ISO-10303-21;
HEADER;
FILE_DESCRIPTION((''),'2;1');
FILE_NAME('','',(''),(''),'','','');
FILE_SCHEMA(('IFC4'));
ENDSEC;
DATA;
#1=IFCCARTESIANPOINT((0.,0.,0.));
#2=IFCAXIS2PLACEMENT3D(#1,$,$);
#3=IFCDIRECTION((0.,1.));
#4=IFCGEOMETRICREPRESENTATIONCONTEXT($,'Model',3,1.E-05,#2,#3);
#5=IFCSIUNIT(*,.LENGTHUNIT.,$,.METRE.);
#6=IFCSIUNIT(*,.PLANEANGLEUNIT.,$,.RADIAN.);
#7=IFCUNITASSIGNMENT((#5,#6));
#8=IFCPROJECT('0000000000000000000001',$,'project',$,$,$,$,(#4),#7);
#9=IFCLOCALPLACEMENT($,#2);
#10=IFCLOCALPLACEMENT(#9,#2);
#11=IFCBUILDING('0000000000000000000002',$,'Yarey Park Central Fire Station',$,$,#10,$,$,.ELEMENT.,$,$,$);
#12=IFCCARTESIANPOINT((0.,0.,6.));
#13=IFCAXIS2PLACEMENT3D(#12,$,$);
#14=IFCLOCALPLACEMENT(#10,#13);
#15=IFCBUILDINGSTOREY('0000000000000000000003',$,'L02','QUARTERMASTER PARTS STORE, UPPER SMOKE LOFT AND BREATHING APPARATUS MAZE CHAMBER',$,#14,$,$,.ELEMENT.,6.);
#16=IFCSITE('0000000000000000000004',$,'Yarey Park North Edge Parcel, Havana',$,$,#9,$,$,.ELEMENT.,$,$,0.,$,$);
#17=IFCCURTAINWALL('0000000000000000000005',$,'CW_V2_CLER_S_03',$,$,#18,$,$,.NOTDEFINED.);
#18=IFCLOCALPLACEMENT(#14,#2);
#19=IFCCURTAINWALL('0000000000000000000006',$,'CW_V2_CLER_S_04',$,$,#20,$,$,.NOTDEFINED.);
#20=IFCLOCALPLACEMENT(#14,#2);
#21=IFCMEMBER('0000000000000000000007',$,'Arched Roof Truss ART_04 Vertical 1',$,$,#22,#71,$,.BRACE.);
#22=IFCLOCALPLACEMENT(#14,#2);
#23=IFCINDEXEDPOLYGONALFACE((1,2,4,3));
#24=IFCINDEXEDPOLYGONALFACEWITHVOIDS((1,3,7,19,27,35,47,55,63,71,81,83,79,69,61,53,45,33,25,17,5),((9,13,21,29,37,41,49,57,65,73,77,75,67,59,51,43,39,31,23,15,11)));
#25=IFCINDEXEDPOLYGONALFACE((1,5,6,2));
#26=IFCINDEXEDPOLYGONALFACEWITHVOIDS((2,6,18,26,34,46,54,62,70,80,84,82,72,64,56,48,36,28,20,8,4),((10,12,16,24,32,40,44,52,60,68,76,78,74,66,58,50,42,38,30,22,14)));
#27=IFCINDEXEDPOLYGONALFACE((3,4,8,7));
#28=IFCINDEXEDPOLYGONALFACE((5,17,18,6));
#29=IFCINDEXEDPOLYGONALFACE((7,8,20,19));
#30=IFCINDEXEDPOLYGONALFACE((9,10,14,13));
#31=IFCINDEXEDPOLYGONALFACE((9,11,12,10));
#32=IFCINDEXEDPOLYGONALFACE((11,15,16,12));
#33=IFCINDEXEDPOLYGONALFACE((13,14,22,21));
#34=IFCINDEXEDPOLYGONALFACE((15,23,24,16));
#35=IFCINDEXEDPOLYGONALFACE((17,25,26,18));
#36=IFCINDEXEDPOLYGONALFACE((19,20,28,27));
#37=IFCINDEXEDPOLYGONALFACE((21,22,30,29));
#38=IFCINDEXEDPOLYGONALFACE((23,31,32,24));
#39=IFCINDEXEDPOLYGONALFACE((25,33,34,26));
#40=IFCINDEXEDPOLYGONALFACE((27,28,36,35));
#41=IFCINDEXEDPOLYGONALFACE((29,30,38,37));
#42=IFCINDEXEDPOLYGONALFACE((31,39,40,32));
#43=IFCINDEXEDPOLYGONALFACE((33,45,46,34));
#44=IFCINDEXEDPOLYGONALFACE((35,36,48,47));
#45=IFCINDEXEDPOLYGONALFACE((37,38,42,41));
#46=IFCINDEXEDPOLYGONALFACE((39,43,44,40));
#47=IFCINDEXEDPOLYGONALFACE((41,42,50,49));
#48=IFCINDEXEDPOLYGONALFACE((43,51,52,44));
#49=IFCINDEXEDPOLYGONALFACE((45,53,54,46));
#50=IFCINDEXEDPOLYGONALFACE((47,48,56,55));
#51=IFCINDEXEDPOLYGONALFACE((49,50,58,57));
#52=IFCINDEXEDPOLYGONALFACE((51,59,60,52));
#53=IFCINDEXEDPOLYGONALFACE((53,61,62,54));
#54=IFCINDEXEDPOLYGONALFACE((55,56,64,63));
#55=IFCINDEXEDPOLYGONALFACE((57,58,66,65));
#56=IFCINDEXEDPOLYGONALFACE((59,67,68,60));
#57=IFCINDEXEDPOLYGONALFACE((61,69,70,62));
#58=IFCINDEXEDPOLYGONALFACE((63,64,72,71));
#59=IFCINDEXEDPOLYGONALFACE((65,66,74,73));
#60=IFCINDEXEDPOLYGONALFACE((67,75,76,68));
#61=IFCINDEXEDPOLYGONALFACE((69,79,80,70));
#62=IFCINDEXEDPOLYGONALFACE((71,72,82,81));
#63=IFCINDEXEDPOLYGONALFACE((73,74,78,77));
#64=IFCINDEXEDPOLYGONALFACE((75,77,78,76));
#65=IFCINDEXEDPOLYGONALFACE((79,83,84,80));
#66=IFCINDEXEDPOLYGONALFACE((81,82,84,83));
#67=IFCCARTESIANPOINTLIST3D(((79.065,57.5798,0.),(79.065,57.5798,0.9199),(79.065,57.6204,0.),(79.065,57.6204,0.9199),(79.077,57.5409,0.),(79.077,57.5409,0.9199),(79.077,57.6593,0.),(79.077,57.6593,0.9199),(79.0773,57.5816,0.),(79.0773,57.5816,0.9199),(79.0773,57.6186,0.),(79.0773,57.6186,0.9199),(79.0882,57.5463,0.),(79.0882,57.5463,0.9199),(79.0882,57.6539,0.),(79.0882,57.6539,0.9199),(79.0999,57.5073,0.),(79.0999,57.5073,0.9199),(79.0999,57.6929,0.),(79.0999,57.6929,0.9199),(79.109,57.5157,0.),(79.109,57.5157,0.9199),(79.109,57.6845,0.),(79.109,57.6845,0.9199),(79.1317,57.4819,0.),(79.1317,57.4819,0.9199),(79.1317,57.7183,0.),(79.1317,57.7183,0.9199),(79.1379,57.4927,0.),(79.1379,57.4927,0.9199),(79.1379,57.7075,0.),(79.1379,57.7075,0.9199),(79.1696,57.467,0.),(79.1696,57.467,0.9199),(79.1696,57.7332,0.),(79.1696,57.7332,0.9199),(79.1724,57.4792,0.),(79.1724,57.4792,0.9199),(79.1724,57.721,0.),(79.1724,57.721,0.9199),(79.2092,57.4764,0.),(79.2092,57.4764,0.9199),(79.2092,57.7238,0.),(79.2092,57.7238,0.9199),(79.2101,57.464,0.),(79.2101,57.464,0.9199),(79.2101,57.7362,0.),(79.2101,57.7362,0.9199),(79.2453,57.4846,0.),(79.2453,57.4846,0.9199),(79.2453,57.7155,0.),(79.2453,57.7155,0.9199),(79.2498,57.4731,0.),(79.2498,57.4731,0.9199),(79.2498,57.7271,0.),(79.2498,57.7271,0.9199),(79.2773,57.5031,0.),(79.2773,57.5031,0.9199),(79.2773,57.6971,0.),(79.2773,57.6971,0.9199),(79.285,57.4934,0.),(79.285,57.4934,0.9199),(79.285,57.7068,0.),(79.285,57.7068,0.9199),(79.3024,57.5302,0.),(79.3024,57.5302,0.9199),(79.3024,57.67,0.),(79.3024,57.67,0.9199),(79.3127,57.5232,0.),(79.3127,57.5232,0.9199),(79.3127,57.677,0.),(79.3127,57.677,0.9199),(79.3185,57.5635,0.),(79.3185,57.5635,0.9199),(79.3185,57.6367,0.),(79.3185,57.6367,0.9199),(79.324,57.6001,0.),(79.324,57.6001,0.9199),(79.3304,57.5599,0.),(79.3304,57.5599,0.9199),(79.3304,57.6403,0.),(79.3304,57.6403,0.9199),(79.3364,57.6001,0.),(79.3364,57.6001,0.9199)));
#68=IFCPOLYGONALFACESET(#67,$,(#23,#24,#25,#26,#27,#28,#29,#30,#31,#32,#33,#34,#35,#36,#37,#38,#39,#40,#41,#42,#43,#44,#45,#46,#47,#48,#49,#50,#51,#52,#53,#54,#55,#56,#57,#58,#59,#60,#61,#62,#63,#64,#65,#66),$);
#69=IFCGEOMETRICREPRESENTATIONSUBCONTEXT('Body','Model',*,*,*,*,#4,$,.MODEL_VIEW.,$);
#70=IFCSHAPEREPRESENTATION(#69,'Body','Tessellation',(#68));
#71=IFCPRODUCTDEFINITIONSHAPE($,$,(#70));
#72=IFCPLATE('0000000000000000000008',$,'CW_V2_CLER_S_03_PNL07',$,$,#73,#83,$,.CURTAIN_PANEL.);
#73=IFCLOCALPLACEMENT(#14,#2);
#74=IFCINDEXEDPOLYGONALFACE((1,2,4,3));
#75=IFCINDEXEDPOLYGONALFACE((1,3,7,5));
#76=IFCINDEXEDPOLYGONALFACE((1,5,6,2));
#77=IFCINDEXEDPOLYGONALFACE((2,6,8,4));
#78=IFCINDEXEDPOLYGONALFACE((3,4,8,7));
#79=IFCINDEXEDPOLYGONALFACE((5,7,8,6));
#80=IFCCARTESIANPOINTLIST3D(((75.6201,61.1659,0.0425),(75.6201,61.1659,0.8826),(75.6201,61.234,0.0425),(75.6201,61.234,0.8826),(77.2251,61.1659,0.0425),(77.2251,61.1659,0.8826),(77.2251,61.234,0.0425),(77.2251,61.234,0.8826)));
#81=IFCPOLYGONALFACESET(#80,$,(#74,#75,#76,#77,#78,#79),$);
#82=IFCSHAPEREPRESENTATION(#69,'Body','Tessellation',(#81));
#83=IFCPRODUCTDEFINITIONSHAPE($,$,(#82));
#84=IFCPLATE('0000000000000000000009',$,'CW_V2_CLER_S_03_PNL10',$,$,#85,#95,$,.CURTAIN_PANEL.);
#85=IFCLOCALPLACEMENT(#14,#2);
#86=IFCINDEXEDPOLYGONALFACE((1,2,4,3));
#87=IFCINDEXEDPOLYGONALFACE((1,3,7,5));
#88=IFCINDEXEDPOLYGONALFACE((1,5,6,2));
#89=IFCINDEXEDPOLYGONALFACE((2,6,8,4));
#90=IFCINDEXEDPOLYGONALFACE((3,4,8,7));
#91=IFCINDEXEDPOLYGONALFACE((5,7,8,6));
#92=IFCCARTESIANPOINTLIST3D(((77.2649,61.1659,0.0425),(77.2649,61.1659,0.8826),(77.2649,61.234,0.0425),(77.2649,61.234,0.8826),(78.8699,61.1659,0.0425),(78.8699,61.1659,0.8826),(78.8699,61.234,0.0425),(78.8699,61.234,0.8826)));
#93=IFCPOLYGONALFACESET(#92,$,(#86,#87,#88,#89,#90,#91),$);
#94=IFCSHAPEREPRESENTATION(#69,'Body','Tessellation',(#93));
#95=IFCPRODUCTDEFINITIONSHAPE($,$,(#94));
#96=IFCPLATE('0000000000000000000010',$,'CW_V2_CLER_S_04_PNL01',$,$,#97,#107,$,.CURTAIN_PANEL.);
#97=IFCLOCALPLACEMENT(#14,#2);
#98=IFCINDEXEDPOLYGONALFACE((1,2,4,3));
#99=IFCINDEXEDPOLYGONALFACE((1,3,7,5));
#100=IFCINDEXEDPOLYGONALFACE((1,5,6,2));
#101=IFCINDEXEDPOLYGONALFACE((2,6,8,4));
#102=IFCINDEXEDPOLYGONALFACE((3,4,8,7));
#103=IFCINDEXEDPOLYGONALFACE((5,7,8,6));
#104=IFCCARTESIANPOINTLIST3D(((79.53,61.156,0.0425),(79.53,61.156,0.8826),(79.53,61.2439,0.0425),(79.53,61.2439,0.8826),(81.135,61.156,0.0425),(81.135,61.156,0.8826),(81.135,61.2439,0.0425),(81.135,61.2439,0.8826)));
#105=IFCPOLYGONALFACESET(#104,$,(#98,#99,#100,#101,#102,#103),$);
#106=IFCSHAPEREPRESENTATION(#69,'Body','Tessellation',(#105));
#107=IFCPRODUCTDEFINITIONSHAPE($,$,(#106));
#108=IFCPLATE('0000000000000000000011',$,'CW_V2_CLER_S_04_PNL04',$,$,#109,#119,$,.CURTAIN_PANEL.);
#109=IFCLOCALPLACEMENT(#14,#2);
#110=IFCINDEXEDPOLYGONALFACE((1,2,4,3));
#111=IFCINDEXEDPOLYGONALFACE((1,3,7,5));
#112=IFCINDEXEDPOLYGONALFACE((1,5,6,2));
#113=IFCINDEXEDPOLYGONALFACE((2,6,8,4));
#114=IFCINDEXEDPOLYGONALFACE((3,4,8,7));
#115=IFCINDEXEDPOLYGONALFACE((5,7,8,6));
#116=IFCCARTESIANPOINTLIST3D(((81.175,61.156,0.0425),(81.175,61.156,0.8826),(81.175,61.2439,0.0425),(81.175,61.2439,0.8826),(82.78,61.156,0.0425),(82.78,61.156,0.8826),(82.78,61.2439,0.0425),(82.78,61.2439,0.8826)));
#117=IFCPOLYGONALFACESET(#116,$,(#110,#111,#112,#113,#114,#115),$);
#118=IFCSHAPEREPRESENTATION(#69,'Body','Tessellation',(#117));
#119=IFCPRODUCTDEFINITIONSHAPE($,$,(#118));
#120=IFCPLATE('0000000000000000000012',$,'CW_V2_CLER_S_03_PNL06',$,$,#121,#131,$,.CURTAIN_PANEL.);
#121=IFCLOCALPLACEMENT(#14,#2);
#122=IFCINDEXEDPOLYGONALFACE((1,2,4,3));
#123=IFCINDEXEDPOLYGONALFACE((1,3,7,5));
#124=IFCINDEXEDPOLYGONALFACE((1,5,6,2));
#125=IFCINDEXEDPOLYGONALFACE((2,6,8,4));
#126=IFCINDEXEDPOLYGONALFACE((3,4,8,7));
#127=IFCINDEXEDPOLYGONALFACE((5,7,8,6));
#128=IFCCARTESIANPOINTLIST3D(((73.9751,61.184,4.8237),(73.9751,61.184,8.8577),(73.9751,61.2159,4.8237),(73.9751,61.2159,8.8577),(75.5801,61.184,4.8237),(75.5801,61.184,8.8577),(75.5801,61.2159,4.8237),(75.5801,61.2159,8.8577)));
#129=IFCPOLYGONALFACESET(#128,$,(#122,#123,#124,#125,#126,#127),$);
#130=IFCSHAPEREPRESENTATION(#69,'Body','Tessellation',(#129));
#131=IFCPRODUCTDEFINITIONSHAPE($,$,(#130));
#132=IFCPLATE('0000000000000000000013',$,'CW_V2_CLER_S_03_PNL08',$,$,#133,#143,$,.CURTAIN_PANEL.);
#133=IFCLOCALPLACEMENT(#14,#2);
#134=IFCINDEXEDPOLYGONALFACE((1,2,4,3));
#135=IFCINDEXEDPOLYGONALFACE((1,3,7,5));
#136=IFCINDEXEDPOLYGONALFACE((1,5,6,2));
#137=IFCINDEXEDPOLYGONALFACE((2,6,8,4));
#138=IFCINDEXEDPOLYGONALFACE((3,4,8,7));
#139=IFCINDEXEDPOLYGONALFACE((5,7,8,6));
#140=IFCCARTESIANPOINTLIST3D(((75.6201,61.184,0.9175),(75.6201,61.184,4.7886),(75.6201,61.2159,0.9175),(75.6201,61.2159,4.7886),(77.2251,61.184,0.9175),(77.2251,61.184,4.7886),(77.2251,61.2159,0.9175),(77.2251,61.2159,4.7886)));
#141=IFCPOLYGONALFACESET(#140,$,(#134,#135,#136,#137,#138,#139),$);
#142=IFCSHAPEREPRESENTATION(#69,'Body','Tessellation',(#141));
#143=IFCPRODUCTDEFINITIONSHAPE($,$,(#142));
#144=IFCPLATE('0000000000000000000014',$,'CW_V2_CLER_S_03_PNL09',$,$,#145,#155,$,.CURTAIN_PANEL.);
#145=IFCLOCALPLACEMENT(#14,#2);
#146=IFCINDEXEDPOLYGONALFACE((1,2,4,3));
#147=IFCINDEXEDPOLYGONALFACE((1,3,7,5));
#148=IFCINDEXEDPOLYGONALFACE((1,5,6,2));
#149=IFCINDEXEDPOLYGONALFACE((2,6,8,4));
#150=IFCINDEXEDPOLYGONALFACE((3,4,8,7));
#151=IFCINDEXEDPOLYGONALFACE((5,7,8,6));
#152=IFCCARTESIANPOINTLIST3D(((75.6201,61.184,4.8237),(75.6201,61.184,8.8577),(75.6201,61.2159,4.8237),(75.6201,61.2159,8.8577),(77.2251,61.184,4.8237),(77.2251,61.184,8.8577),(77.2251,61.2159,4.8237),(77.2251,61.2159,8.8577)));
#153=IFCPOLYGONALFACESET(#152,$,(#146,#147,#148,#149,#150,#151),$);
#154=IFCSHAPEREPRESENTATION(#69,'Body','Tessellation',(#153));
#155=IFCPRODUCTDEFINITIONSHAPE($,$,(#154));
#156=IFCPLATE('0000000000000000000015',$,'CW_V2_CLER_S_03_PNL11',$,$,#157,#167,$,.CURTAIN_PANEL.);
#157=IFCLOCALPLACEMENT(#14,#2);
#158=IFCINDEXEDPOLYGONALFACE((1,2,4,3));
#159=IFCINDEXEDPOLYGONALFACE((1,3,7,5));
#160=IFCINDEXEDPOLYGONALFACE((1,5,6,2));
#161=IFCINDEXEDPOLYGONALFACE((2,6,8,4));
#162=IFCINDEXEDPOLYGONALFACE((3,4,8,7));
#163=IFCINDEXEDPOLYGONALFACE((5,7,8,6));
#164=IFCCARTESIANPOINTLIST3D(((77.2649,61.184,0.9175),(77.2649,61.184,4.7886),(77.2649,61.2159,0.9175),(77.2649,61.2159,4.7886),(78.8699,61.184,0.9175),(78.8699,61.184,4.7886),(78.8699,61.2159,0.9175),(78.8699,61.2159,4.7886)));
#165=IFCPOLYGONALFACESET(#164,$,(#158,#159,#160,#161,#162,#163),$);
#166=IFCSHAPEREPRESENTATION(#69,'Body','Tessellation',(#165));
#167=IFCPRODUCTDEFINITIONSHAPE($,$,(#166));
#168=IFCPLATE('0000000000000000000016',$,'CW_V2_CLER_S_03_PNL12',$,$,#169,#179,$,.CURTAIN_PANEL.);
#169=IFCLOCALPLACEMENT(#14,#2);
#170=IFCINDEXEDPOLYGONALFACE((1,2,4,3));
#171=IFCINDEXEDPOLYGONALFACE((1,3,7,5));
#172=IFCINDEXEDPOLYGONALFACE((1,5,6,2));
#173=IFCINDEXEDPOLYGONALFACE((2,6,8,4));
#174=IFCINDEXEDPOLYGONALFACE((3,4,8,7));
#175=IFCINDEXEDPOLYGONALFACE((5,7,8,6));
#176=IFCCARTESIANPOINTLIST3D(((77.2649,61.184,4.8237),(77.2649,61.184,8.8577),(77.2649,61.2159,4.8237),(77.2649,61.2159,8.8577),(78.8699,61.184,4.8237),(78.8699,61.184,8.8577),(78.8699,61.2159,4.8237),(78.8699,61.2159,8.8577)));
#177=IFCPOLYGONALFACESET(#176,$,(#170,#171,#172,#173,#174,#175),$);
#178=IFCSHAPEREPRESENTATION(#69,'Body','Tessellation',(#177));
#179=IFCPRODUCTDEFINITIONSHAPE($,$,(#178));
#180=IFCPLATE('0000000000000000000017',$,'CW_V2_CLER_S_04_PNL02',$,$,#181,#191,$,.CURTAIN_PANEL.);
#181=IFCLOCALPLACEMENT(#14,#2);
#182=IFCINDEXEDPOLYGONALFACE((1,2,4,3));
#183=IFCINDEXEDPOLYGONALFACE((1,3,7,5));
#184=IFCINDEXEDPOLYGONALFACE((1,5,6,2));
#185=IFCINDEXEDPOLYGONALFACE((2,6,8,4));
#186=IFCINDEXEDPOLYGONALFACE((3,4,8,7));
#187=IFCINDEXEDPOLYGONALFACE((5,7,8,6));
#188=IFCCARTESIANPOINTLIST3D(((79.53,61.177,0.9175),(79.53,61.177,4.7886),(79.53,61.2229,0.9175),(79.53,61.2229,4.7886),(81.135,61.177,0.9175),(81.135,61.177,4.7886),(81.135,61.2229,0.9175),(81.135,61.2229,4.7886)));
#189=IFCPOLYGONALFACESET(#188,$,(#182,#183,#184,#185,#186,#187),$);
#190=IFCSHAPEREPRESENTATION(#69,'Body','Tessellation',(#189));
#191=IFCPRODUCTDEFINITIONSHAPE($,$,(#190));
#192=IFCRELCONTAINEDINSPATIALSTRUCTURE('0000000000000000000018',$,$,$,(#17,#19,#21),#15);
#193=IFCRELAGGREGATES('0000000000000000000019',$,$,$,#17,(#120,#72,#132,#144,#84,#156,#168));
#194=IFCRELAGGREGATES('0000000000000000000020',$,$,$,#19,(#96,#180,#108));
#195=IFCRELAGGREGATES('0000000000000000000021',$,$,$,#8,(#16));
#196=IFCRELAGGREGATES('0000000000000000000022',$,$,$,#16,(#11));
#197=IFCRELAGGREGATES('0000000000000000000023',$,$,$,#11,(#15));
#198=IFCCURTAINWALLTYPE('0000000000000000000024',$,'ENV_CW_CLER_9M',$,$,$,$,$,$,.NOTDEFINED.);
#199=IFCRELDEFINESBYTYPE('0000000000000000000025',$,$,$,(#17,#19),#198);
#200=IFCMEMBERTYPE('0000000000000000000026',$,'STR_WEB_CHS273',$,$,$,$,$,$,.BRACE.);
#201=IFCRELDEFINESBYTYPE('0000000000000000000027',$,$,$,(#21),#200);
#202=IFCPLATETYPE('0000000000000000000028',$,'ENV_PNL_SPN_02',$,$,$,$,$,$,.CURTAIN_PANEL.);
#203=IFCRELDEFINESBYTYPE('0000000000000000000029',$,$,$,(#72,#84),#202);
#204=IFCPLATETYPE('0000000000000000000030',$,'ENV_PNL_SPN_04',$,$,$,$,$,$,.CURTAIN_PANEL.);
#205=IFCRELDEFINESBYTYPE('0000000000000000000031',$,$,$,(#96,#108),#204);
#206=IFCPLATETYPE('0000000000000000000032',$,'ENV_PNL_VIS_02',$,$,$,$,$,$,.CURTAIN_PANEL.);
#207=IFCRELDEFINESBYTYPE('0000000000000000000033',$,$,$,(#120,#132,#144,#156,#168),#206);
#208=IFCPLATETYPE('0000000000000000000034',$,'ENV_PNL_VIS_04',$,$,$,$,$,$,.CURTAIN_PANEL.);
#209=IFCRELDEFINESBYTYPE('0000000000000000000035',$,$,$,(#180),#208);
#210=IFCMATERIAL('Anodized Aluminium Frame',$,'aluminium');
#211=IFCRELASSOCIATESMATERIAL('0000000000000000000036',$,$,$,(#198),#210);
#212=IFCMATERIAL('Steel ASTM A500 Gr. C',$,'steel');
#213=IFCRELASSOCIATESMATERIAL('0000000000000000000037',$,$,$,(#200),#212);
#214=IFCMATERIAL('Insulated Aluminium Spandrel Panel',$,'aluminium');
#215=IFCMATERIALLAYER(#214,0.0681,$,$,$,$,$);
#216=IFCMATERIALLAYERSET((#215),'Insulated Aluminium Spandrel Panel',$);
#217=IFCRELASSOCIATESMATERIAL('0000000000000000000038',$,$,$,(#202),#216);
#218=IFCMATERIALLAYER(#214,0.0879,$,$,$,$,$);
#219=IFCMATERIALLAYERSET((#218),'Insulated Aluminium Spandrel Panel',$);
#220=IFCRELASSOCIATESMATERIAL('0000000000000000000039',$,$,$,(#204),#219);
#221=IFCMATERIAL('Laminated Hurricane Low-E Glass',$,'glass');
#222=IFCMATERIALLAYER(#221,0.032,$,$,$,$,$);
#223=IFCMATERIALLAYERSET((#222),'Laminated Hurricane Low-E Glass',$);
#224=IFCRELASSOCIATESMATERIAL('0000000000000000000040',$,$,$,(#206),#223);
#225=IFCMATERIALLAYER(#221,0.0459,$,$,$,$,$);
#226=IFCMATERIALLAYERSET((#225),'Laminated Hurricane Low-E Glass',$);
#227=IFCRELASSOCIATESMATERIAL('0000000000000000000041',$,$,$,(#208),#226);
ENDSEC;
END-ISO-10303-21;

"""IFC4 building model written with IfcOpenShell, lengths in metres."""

from ifc_helpers import new_model, si_unit, direction, frame, origin, origin_2d, place, context, subcontext, project, spatial, rectangle, hollow_circle, extrude, material, layer, layer_set, material_profile, profile_set, type_object, element, aggregate, save


model = new_model("IFC4")

# Units and contexts
model_context = context("Model", 3, precision=1e-05, world=origin(), true_north=direction((0.0, 1.0)))
body_context = subcontext(model_context, "Body", "Model", "MODEL_VIEW")
ifc_project = project(units=[si_unit("LENGTHUNIT", "METRE"), si_unit("PLANEANGLEUNIT", "RADIAN")], contexts=[model_context])

# Site, building, storey
site_placement = place(None, origin())
site = spatial("IfcSite", under=ifc_project, at=site_placement, Name="Yarey Park North Edge Parcel, Havana", CompositionType="ELEMENT", RefElevation=0.0)
building_placement = place(site_placement, origin())
building = spatial("IfcBuilding", under=site, at=building_placement, Name="Yarey Park Central Fire Station", CompositionType="ELEMENT")
storey_placement = place(building_placement, frame((0.0, 0.0, 6.0)))
storey = spatial("IfcBuildingStorey", under=building, at=storey_placement, Name="L02", Description="QUARTERMASTER PARTS STORE, UPPER SMOKE LOFT AND BREATHING APPARATUS MAZE CHAMBER", CompositionType="ELEMENT", Elevation=6.0)

# Curtain walls
ifc_material_1 = material(Name="Anodized Aluminium Frame", Category="aluminium")
curtain_wall_type = type_object("IfcCurtainWallType", Name="ENV_CW_CLER_9M", PredefinedType="NOTDEFINED", material=ifc_material_1)
curtain_wall_1_placement = place(storey_placement, origin())
curtain_wall_1 = element("IfcCurtainWall", 1, at=curtain_wall_1_placement, inside=storey, type_object=curtain_wall_type, Name="CW_V2_CLER_S_03", PredefinedType="NOTDEFINED")
curtain_wall_2_placement = place(storey_placement, origin())
curtain_wall_2 = element("IfcCurtainWall", 2, at=curtain_wall_2_placement, inside=storey, type_object=curtain_wall_type, Name="CW_V2_CLER_S_04", PredefinedType="NOTDEFINED")

# Shared definitions
ifc_material_2 = material(Name="Steel ASTM A500 Gr. C", Category="steel")

# Member
ifc_material_profile_1 = material_profile(ifc_material_2, hollow_circle(Radius=0.1365, WallThickness=0.0125, at=origin_2d()), Name="CHS 273x12.5")
ifc_profile_set_1 = profile_set([ifc_material_profile_1], Name="Steel ASTM A500 Gr. C")
member_type_1 = type_object("IfcMemberType", Name="STR_WEB_CHS273", PredefinedType="BRACE", material=ifc_profile_set_1)
member_1_placement = place(storey_placement, frame((79.2, 57.6001, 0.0), z_axis=(0.0, 0.0, 1.0), x_axis=(1.0, 0.0, 0.0)))
element("IfcMember", 3, at=member_1_placement, inside=storey, type_object=member_type_1, Name="Arched Roof Truss ART_04 Vertical 1", PredefinedType="BRACE", context=body_context, shape_type="SweptSolid", body=[
    extrude(hollow_circle(Radius=0.1365, WallThickness=0.0125, at=origin_2d()), origin(), (0.0, 0.0, 1.0), 0.9199),
])

# Plates
ifc_material_3 = material(Name="Insulated Aluminium Spandrel Panel", Category="aluminium")
ifc_layer_1 = layer(ifc_material_3, 0.0681)
ifc_layer_set_1 = layer_set([ifc_layer_1], Name="Insulated Aluminium Spandrel Panel")
plate_type_1 = type_object("IfcPlateType", Name="ENV_PNL_SPN_02", PredefinedType="CURTAIN_PANEL", material=ifc_layer_set_1)
plate_1_placement = place(storey_placement, frame((76.4226, 61.2, 0.0425), z_axis=(0.0, 0.0, 1.0), x_axis=(1.0, 0.0, 0.0)))
plate_1 = element("IfcPlate", 4, at=plate_1_placement, type_object=plate_type_1, Name="CW_V2_CLER_S_03_PNL07", PredefinedType="CURTAIN_PANEL", context=body_context, shape_type="SweptSolid", body=[
    extrude(rectangle(XDim=1.605, YDim=0.0681, at=origin_2d()), origin(), (0.0, 0.0, 1.0), 0.8401),
])
plate_2_placement = place(storey_placement, frame((78.0674, 61.2, 0.0425), z_axis=(0.0, 0.0, 1.0), x_axis=(1.0, 0.0, 0.0)))
plate_2 = element("IfcPlate", 5, at=plate_2_placement, type_object=plate_type_1, Name="CW_V2_CLER_S_03_PNL10", PredefinedType="CURTAIN_PANEL", context=body_context, shape_type="SweptSolid", body=[
    extrude(rectangle(XDim=1.605, YDim=0.0681, at=origin_2d()), origin(), (0.0, 0.0, 1.0), 0.8401),
])
ifc_layer_2 = layer(ifc_material_3, 0.0879)
ifc_layer_set_2 = layer_set([ifc_layer_2], Name="Insulated Aluminium Spandrel Panel")
plate_type_2 = type_object("IfcPlateType", Name="ENV_PNL_SPN_04", PredefinedType="CURTAIN_PANEL", material=ifc_layer_set_2)
plate_3_placement = place(storey_placement, frame((80.3325, 61.2, 0.0425), z_axis=(0.0, 0.0, 1.0), x_axis=(1.0, 0.0, 0.0)))
plate_3 = element("IfcPlate", 6, at=plate_3_placement, type_object=plate_type_2, Name="CW_V2_CLER_S_04_PNL01", PredefinedType="CURTAIN_PANEL", context=body_context, shape_type="SweptSolid", body=[
    extrude(rectangle(XDim=1.605, YDim=0.0879, at=origin_2d()), origin(), (0.0, 0.0, 1.0), 0.8401),
])
plate_4_placement = place(storey_placement, frame((81.9775, 61.2, 0.0425), z_axis=(0.0, 0.0, 1.0), x_axis=(1.0, 0.0, 0.0)))
plate_4 = element("IfcPlate", 7, at=plate_4_placement, type_object=plate_type_2, Name="CW_V2_CLER_S_04_PNL04", PredefinedType="CURTAIN_PANEL", context=body_context, shape_type="SweptSolid", body=[
    extrude(rectangle(XDim=1.605, YDim=0.0879, at=origin_2d()), origin(), (0.0, 0.0, 1.0), 0.8401),
])
ifc_material_4 = material(Name="Laminated Hurricane Low-E Glass", Category="glass")
ifc_layer_3 = layer(ifc_material_4, 0.032)
ifc_layer_set_3 = layer_set([ifc_layer_3], Name="Laminated Hurricane Low-E Glass")
plate_type_3 = type_object("IfcPlateType", Name="ENV_PNL_VIS_02", PredefinedType="CURTAIN_PANEL", material=ifc_layer_set_3)
plate_5_placement = place(storey_placement, frame((74.7776, 61.2, 4.8237), z_axis=(0.0, 0.0, 1.0), x_axis=(1.0, 0.0, 0.0)))
plate_5 = element("IfcPlate", 8, at=plate_5_placement, type_object=plate_type_3, Name="CW_V2_CLER_S_03_PNL06", PredefinedType="CURTAIN_PANEL", context=body_context, shape_type="SweptSolid", body=[
    extrude(rectangle(XDim=1.605, YDim=0.032, at=origin_2d()), origin(), (0.0, 0.0, 1.0), 4.0339),
])
plate_6_placement = place(storey_placement, frame((76.4226, 61.2, 0.9175), z_axis=(0.0, 0.0, 1.0), x_axis=(1.0, 0.0, 0.0)))
plate_6 = element("IfcPlate", 9, at=plate_6_placement, type_object=plate_type_3, Name="CW_V2_CLER_S_03_PNL08", PredefinedType="CURTAIN_PANEL", context=body_context, shape_type="SweptSolid", body=[
    extrude(rectangle(XDim=1.605, YDim=0.032, at=origin_2d()), origin(), (0.0, 0.0, 1.0), 3.8711),
])
plate_7_placement = place(storey_placement, frame((76.4226, 61.2, 4.8237), z_axis=(0.0, 0.0, 1.0), x_axis=(1.0, 0.0, 0.0)))
plate_7 = element("IfcPlate", 10, at=plate_7_placement, type_object=plate_type_3, Name="CW_V2_CLER_S_03_PNL09", PredefinedType="CURTAIN_PANEL", context=body_context, shape_type="SweptSolid", body=[
    extrude(rectangle(XDim=1.605, YDim=0.032, at=origin_2d()), origin(), (0.0, 0.0, 1.0), 4.0339),
])
plate_8_placement = place(storey_placement, frame((78.0674, 61.2, 0.9175), z_axis=(0.0, 0.0, 1.0), x_axis=(1.0, 0.0, 0.0)))
plate_8 = element("IfcPlate", 11, at=plate_8_placement, type_object=plate_type_3, Name="CW_V2_CLER_S_03_PNL11", PredefinedType="CURTAIN_PANEL", context=body_context, shape_type="SweptSolid", body=[
    extrude(rectangle(XDim=1.605, YDim=0.032, at=origin_2d()), origin(), (0.0, 0.0, 1.0), 3.8711),
])
plate_9_placement = place(storey_placement, frame((78.0674, 61.2, 4.8237), z_axis=(0.0, 0.0, 1.0), x_axis=(1.0, 0.0, 0.0)))
plate_9 = element("IfcPlate", 12, at=plate_9_placement, type_object=plate_type_3, Name="CW_V2_CLER_S_03_PNL12", PredefinedType="CURTAIN_PANEL", context=body_context, shape_type="SweptSolid", body=[
    extrude(rectangle(XDim=1.605, YDim=0.032, at=origin_2d()), origin(), (0.0, 0.0, 1.0), 4.0339),
])
aggregate(curtain_wall_1, [plate_5, plate_1, plate_6, plate_7, plate_2, plate_8, plate_9])
ifc_layer_4 = layer(ifc_material_4, 0.0459)
ifc_layer_set_4 = layer_set([ifc_layer_4], Name="Laminated Hurricane Low-E Glass")
plate_type_4 = type_object("IfcPlateType", Name="ENV_PNL_VIS_04", PredefinedType="CURTAIN_PANEL", material=ifc_layer_set_4)
plate_10_placement = place(storey_placement, frame((80.3325, 61.2, 0.9175), z_axis=(0.0, 0.0, 1.0), x_axis=(1.0, 0.0, 0.0)))
plate_10 = element("IfcPlate", 13, at=plate_10_placement, type_object=plate_type_4, Name="CW_V2_CLER_S_04_PNL02", PredefinedType="CURTAIN_PANEL", context=body_context, shape_type="SweptSolid", body=[
    extrude(rectangle(XDim=1.605, YDim=0.0459, at=origin_2d()), origin(), (0.0, 0.0, 1.0), 3.8711),
])
aggregate(curtain_wall_2, [plate_3, plate_10, plate_4])

save(model, "model.ifc")
